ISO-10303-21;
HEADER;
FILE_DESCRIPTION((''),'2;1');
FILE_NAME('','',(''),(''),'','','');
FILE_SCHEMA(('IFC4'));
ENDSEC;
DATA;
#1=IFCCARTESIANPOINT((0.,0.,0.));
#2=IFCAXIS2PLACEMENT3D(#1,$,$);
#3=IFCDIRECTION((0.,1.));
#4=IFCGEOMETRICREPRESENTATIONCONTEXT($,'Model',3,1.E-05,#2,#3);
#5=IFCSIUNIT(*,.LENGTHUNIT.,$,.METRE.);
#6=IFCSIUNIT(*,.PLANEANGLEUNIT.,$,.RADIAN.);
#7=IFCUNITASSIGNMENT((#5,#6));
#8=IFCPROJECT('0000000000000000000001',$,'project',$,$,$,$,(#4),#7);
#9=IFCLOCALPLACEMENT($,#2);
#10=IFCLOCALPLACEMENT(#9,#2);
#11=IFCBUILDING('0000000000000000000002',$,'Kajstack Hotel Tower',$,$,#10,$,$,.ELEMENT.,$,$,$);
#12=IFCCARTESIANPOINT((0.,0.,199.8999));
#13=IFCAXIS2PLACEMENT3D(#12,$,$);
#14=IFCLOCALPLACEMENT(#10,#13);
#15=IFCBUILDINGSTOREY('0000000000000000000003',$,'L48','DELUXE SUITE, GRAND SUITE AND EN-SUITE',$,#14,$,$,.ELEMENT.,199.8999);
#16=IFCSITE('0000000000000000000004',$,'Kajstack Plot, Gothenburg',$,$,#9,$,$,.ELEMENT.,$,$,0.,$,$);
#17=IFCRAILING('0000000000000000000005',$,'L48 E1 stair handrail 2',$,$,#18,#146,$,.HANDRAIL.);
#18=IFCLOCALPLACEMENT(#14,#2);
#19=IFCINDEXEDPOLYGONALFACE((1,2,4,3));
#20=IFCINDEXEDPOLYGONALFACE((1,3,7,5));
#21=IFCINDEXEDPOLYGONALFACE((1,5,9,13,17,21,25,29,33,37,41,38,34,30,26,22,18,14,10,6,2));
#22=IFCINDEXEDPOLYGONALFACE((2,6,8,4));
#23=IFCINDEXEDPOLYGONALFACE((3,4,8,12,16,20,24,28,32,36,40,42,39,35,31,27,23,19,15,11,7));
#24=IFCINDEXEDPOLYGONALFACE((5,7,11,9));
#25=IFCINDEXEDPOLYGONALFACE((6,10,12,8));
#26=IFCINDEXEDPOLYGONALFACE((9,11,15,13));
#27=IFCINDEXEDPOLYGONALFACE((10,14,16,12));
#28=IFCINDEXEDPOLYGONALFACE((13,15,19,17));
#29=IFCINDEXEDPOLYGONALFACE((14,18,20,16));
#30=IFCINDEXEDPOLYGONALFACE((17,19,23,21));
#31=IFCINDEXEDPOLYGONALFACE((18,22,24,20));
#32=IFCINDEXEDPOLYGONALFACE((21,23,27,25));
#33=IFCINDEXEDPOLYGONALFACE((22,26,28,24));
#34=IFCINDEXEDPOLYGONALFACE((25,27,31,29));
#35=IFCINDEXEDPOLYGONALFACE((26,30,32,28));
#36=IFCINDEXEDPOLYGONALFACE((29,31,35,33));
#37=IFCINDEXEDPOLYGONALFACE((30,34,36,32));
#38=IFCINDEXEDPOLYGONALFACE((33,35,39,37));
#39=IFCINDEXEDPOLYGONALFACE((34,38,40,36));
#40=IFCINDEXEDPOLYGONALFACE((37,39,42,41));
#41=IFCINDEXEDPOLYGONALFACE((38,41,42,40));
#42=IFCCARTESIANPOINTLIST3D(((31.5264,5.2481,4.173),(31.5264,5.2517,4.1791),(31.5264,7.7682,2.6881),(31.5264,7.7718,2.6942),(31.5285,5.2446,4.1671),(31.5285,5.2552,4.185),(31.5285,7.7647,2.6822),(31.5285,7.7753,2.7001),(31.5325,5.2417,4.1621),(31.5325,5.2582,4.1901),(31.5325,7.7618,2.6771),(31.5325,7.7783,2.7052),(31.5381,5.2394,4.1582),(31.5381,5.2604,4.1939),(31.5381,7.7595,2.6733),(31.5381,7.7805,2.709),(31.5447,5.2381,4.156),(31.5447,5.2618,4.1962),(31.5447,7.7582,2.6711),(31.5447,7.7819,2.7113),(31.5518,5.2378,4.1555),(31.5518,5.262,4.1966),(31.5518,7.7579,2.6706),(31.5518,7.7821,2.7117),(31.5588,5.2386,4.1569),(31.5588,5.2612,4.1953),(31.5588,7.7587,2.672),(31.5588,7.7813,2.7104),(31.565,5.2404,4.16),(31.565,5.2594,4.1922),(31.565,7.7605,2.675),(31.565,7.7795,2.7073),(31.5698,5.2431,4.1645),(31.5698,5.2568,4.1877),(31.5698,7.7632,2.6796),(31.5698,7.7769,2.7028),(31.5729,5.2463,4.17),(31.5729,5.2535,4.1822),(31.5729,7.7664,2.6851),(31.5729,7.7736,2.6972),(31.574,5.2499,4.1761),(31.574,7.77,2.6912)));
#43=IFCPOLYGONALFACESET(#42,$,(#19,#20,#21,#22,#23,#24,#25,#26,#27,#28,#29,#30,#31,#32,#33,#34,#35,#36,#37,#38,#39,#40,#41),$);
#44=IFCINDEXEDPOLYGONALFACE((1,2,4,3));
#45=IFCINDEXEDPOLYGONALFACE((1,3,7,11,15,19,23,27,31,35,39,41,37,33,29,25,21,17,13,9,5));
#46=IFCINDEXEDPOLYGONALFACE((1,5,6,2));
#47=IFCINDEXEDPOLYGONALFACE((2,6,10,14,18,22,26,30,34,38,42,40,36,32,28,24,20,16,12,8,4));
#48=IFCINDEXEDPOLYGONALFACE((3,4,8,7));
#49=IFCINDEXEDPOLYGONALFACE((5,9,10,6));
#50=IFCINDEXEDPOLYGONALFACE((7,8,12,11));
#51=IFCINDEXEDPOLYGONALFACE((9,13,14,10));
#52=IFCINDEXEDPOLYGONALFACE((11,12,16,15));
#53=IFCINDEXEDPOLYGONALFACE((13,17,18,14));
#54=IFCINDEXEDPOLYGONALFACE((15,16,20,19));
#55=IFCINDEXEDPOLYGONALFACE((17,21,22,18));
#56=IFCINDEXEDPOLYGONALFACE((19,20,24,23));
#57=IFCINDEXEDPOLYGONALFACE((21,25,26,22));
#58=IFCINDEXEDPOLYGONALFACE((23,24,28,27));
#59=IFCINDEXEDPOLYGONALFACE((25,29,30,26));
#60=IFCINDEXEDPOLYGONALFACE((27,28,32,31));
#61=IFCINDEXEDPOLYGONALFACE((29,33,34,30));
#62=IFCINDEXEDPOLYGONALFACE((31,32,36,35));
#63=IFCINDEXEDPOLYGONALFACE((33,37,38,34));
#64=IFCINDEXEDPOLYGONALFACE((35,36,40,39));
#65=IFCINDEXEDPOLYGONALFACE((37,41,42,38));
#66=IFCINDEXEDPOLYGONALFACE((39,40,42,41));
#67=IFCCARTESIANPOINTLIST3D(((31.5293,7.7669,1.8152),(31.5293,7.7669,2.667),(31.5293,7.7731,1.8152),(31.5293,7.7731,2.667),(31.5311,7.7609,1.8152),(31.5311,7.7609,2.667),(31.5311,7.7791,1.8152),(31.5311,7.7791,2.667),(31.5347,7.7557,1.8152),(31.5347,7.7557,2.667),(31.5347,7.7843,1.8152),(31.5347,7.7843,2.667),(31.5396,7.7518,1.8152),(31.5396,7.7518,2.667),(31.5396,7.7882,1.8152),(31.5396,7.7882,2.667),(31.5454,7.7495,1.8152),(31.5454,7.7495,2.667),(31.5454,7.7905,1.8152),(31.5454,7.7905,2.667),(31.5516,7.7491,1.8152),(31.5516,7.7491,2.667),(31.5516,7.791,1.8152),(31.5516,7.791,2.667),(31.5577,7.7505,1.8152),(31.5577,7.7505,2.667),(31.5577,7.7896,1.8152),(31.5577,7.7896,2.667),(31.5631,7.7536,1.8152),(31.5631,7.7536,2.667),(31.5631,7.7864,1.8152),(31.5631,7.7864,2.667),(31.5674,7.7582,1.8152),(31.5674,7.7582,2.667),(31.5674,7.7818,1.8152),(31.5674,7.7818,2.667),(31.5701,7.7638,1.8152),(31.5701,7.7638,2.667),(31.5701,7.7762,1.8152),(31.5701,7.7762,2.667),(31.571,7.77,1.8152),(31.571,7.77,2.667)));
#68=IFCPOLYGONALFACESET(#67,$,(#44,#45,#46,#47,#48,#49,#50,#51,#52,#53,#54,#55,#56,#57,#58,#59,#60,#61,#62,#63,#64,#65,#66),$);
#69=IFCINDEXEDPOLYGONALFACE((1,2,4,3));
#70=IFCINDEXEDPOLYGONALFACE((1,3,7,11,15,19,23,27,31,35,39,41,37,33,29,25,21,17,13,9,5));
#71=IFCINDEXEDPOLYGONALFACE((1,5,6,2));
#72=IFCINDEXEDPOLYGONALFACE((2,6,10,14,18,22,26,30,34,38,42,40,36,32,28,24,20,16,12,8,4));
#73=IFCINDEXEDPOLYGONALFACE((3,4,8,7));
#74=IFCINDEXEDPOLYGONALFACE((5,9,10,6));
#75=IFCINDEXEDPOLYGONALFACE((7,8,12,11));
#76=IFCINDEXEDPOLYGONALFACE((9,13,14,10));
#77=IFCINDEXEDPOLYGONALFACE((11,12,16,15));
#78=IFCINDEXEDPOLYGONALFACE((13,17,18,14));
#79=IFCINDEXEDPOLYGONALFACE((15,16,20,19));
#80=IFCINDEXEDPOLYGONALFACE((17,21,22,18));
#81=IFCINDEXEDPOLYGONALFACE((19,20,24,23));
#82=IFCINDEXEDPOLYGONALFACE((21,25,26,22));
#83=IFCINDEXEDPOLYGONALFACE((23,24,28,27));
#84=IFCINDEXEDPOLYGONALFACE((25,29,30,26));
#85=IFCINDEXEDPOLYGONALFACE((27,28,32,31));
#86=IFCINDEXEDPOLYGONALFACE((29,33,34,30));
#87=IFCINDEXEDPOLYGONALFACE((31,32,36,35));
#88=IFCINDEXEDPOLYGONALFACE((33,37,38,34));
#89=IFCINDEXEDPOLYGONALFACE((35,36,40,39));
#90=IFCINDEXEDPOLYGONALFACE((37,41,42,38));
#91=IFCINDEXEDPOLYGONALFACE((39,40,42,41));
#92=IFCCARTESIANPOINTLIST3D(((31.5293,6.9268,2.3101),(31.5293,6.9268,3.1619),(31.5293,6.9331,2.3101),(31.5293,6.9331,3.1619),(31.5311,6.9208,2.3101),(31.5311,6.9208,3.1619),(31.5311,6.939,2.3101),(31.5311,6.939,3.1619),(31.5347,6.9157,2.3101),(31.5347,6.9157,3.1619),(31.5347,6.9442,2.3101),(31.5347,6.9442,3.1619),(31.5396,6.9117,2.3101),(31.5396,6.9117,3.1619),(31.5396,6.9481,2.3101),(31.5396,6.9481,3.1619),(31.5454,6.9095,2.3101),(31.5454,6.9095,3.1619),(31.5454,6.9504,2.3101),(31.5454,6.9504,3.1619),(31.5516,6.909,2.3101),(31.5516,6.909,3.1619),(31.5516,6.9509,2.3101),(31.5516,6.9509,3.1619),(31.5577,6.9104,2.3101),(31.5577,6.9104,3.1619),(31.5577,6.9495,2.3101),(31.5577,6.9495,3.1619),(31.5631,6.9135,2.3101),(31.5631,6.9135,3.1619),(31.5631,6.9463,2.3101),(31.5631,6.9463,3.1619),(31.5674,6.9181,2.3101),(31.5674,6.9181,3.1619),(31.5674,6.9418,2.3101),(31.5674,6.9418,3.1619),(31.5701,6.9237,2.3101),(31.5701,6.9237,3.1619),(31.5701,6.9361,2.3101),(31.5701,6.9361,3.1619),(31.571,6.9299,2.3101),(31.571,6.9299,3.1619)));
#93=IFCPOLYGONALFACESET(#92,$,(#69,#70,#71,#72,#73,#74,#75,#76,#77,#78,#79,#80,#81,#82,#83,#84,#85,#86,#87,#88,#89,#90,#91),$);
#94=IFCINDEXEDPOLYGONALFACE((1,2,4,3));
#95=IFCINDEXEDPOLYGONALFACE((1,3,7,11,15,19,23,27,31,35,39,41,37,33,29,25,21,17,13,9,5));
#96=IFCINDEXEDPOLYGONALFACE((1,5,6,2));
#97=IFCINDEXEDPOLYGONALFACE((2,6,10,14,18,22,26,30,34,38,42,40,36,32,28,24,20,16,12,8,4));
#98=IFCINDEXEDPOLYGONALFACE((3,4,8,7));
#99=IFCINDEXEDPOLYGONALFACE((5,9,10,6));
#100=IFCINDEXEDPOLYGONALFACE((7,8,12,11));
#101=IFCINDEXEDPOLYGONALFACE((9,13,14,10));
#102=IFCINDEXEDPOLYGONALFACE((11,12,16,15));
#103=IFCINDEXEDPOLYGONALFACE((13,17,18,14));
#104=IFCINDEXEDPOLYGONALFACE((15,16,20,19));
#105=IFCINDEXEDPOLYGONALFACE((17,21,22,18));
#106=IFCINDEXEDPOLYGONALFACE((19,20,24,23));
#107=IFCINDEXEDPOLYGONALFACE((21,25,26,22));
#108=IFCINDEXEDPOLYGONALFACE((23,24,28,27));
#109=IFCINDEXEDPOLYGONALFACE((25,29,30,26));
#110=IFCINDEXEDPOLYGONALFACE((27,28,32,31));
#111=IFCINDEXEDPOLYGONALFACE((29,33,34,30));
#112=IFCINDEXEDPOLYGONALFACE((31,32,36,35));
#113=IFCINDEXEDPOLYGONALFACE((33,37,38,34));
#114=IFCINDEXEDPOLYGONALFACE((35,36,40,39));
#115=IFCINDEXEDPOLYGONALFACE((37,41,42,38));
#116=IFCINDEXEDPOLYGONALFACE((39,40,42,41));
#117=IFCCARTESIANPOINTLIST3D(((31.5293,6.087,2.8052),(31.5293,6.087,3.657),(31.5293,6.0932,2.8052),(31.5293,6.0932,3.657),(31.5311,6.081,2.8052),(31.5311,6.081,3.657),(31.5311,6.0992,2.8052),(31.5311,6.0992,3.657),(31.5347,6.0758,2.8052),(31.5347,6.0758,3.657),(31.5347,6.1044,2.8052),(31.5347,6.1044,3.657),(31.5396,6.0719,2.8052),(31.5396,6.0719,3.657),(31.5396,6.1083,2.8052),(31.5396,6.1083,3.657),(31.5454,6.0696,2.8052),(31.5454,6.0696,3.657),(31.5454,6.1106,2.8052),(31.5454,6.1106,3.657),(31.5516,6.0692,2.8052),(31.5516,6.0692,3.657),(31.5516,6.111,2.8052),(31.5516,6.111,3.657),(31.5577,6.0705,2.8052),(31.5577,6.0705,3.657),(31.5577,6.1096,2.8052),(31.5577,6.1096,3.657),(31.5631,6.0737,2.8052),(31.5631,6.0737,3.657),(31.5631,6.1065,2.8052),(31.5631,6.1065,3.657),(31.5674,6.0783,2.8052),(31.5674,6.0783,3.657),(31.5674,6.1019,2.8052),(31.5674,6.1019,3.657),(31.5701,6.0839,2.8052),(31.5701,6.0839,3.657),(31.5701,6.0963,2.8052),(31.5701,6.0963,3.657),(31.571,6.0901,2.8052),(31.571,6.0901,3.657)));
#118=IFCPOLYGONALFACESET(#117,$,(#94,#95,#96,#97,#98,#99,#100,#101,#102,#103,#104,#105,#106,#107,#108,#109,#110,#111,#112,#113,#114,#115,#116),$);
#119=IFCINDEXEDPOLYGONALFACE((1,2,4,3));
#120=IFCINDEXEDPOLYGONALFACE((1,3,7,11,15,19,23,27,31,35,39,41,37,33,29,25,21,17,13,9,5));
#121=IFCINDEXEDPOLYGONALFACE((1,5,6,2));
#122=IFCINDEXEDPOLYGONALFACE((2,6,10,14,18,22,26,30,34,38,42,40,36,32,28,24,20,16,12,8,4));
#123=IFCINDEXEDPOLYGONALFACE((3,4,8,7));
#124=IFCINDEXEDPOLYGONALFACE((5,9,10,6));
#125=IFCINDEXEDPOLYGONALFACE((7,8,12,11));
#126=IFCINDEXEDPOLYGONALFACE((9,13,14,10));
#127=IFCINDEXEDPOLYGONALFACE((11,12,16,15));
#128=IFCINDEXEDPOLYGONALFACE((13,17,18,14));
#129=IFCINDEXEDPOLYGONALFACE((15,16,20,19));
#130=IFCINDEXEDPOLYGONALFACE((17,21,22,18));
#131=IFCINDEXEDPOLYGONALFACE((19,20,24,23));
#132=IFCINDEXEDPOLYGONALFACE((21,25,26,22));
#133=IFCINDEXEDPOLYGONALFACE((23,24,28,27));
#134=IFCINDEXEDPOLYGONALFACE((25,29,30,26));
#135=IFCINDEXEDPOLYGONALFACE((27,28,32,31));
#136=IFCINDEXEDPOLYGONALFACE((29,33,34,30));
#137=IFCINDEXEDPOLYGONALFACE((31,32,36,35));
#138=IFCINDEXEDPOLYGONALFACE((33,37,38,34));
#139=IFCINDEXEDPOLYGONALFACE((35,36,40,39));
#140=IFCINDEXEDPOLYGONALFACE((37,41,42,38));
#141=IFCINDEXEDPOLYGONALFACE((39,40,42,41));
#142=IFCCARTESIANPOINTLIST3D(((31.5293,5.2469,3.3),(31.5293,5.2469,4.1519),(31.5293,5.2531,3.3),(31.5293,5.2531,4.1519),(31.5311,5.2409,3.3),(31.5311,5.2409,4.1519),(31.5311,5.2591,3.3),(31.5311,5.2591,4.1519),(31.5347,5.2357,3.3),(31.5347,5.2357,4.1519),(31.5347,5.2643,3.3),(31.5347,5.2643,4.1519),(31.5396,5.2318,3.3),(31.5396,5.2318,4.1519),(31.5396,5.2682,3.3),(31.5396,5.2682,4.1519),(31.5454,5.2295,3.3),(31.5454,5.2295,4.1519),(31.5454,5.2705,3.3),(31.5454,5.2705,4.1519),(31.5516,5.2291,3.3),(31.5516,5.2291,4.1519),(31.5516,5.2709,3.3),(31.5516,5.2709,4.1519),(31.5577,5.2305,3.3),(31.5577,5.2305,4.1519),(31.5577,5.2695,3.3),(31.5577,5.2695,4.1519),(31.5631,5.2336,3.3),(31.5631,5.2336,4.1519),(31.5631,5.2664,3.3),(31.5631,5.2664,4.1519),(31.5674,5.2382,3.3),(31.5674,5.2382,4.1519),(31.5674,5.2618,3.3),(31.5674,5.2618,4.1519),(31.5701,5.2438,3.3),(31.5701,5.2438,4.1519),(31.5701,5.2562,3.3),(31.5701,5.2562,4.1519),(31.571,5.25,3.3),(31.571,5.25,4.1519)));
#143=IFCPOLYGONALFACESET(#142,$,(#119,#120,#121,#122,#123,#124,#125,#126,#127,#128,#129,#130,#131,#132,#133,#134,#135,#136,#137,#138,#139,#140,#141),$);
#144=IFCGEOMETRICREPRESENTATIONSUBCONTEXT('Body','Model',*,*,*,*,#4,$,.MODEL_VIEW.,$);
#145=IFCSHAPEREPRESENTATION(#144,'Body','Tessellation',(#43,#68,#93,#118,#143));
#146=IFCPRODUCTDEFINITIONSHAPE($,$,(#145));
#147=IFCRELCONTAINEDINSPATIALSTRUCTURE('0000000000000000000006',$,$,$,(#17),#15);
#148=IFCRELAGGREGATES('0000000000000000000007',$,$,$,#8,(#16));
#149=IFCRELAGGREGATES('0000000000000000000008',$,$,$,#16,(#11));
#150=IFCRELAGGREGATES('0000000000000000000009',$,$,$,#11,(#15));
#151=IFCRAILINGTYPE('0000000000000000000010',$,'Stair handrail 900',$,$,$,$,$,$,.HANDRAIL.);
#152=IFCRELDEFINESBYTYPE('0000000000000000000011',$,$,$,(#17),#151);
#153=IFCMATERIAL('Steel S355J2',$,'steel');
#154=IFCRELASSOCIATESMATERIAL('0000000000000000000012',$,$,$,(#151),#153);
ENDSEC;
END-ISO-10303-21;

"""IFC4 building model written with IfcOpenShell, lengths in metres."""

from ifc_helpers import new_model, si_unit, direction, frame, origin, origin_2d, place, context, subcontext, project, spatial, circle, extrude, material, type_object, element, save


model = new_model("IFC4")

# Units and contexts
model_context = context("Model", 3, precision=1e-05, world=origin(), true_north=direction((0.0, 1.0)))
body_context = subcontext(model_context, "Body", "Model", "MODEL_VIEW")
ifc_project = project(units=[si_unit("LENGTHUNIT", "METRE"), si_unit("PLANEANGLEUNIT", "RADIAN")], contexts=[model_context])

# Site, building, storey
site_placement = place(None, origin())
site = spatial("IfcSite", under=ifc_project, at=site_placement, Name="Kajstack Plot, Gothenburg", CompositionType="ELEMENT", RefElevation=0.0)
building_placement = place(site_placement, origin())
building = spatial("IfcBuilding", under=site, at=building_placement, Name="Kajstack Hotel Tower", CompositionType="ELEMENT")
storey_placement = place(building_placement, frame((0.0, 0.0, 199.8999)))
storey = spatial("IfcBuildingStorey", under=building, at=storey_placement, Name="L48", Description="DELUXE SUITE, GRAND SUITE AND EN-SUITE", CompositionType="ELEMENT", Elevation=199.8999)

# Railing
ifc_material_1 = material(Name="Steel S355J2", Category="steel")
railing_type_1 = type_object("IfcRailingType", Name="Stair handrail 900", PredefinedType="HANDRAIL", material=ifc_material_1)
railing_1_placement = place(storey_placement, frame((31.55, 7.77, 1.8152)))
element("IfcRailing", 1, at=railing_1_placement, inside=storey, type_object=railing_type_1, Name="L48 E1 stair handrail 2", PredefinedType="HANDRAIL", context=body_context, shape_type="SweptSolid", body=[
    extrude(circle(Radius=0.0239, at=origin_2d()), frame((0.0, 0.0, 0.876), z_axis=(0.0, -0.861561, 0.507655), x_axis=(1.0, 0.0, 0.0)), (0.0, 0.0, 1.0), 2.925),
    extrude(circle(Radius=0.021, at=origin_2d()), origin(), (0.0, 0.0, 1.0), 0.8518),
    extrude(circle(Radius=0.021, at=origin_2d()), frame((0.0, -0.8401, 0.4949)), (0.0, 0.0, 1.0), 0.8518),
    extrude(circle(Radius=0.021, at=origin_2d()), frame((0.0, -1.6799, 0.99)), (0.0, 0.0, 1.0), 0.8518),
    extrude(circle(Radius=0.021, at=origin_2d()), frame((0.0, -2.52, 1.4849)), (0.0, 0.0, 1.0), 0.8518),
])

save(model, "model.ifc")
